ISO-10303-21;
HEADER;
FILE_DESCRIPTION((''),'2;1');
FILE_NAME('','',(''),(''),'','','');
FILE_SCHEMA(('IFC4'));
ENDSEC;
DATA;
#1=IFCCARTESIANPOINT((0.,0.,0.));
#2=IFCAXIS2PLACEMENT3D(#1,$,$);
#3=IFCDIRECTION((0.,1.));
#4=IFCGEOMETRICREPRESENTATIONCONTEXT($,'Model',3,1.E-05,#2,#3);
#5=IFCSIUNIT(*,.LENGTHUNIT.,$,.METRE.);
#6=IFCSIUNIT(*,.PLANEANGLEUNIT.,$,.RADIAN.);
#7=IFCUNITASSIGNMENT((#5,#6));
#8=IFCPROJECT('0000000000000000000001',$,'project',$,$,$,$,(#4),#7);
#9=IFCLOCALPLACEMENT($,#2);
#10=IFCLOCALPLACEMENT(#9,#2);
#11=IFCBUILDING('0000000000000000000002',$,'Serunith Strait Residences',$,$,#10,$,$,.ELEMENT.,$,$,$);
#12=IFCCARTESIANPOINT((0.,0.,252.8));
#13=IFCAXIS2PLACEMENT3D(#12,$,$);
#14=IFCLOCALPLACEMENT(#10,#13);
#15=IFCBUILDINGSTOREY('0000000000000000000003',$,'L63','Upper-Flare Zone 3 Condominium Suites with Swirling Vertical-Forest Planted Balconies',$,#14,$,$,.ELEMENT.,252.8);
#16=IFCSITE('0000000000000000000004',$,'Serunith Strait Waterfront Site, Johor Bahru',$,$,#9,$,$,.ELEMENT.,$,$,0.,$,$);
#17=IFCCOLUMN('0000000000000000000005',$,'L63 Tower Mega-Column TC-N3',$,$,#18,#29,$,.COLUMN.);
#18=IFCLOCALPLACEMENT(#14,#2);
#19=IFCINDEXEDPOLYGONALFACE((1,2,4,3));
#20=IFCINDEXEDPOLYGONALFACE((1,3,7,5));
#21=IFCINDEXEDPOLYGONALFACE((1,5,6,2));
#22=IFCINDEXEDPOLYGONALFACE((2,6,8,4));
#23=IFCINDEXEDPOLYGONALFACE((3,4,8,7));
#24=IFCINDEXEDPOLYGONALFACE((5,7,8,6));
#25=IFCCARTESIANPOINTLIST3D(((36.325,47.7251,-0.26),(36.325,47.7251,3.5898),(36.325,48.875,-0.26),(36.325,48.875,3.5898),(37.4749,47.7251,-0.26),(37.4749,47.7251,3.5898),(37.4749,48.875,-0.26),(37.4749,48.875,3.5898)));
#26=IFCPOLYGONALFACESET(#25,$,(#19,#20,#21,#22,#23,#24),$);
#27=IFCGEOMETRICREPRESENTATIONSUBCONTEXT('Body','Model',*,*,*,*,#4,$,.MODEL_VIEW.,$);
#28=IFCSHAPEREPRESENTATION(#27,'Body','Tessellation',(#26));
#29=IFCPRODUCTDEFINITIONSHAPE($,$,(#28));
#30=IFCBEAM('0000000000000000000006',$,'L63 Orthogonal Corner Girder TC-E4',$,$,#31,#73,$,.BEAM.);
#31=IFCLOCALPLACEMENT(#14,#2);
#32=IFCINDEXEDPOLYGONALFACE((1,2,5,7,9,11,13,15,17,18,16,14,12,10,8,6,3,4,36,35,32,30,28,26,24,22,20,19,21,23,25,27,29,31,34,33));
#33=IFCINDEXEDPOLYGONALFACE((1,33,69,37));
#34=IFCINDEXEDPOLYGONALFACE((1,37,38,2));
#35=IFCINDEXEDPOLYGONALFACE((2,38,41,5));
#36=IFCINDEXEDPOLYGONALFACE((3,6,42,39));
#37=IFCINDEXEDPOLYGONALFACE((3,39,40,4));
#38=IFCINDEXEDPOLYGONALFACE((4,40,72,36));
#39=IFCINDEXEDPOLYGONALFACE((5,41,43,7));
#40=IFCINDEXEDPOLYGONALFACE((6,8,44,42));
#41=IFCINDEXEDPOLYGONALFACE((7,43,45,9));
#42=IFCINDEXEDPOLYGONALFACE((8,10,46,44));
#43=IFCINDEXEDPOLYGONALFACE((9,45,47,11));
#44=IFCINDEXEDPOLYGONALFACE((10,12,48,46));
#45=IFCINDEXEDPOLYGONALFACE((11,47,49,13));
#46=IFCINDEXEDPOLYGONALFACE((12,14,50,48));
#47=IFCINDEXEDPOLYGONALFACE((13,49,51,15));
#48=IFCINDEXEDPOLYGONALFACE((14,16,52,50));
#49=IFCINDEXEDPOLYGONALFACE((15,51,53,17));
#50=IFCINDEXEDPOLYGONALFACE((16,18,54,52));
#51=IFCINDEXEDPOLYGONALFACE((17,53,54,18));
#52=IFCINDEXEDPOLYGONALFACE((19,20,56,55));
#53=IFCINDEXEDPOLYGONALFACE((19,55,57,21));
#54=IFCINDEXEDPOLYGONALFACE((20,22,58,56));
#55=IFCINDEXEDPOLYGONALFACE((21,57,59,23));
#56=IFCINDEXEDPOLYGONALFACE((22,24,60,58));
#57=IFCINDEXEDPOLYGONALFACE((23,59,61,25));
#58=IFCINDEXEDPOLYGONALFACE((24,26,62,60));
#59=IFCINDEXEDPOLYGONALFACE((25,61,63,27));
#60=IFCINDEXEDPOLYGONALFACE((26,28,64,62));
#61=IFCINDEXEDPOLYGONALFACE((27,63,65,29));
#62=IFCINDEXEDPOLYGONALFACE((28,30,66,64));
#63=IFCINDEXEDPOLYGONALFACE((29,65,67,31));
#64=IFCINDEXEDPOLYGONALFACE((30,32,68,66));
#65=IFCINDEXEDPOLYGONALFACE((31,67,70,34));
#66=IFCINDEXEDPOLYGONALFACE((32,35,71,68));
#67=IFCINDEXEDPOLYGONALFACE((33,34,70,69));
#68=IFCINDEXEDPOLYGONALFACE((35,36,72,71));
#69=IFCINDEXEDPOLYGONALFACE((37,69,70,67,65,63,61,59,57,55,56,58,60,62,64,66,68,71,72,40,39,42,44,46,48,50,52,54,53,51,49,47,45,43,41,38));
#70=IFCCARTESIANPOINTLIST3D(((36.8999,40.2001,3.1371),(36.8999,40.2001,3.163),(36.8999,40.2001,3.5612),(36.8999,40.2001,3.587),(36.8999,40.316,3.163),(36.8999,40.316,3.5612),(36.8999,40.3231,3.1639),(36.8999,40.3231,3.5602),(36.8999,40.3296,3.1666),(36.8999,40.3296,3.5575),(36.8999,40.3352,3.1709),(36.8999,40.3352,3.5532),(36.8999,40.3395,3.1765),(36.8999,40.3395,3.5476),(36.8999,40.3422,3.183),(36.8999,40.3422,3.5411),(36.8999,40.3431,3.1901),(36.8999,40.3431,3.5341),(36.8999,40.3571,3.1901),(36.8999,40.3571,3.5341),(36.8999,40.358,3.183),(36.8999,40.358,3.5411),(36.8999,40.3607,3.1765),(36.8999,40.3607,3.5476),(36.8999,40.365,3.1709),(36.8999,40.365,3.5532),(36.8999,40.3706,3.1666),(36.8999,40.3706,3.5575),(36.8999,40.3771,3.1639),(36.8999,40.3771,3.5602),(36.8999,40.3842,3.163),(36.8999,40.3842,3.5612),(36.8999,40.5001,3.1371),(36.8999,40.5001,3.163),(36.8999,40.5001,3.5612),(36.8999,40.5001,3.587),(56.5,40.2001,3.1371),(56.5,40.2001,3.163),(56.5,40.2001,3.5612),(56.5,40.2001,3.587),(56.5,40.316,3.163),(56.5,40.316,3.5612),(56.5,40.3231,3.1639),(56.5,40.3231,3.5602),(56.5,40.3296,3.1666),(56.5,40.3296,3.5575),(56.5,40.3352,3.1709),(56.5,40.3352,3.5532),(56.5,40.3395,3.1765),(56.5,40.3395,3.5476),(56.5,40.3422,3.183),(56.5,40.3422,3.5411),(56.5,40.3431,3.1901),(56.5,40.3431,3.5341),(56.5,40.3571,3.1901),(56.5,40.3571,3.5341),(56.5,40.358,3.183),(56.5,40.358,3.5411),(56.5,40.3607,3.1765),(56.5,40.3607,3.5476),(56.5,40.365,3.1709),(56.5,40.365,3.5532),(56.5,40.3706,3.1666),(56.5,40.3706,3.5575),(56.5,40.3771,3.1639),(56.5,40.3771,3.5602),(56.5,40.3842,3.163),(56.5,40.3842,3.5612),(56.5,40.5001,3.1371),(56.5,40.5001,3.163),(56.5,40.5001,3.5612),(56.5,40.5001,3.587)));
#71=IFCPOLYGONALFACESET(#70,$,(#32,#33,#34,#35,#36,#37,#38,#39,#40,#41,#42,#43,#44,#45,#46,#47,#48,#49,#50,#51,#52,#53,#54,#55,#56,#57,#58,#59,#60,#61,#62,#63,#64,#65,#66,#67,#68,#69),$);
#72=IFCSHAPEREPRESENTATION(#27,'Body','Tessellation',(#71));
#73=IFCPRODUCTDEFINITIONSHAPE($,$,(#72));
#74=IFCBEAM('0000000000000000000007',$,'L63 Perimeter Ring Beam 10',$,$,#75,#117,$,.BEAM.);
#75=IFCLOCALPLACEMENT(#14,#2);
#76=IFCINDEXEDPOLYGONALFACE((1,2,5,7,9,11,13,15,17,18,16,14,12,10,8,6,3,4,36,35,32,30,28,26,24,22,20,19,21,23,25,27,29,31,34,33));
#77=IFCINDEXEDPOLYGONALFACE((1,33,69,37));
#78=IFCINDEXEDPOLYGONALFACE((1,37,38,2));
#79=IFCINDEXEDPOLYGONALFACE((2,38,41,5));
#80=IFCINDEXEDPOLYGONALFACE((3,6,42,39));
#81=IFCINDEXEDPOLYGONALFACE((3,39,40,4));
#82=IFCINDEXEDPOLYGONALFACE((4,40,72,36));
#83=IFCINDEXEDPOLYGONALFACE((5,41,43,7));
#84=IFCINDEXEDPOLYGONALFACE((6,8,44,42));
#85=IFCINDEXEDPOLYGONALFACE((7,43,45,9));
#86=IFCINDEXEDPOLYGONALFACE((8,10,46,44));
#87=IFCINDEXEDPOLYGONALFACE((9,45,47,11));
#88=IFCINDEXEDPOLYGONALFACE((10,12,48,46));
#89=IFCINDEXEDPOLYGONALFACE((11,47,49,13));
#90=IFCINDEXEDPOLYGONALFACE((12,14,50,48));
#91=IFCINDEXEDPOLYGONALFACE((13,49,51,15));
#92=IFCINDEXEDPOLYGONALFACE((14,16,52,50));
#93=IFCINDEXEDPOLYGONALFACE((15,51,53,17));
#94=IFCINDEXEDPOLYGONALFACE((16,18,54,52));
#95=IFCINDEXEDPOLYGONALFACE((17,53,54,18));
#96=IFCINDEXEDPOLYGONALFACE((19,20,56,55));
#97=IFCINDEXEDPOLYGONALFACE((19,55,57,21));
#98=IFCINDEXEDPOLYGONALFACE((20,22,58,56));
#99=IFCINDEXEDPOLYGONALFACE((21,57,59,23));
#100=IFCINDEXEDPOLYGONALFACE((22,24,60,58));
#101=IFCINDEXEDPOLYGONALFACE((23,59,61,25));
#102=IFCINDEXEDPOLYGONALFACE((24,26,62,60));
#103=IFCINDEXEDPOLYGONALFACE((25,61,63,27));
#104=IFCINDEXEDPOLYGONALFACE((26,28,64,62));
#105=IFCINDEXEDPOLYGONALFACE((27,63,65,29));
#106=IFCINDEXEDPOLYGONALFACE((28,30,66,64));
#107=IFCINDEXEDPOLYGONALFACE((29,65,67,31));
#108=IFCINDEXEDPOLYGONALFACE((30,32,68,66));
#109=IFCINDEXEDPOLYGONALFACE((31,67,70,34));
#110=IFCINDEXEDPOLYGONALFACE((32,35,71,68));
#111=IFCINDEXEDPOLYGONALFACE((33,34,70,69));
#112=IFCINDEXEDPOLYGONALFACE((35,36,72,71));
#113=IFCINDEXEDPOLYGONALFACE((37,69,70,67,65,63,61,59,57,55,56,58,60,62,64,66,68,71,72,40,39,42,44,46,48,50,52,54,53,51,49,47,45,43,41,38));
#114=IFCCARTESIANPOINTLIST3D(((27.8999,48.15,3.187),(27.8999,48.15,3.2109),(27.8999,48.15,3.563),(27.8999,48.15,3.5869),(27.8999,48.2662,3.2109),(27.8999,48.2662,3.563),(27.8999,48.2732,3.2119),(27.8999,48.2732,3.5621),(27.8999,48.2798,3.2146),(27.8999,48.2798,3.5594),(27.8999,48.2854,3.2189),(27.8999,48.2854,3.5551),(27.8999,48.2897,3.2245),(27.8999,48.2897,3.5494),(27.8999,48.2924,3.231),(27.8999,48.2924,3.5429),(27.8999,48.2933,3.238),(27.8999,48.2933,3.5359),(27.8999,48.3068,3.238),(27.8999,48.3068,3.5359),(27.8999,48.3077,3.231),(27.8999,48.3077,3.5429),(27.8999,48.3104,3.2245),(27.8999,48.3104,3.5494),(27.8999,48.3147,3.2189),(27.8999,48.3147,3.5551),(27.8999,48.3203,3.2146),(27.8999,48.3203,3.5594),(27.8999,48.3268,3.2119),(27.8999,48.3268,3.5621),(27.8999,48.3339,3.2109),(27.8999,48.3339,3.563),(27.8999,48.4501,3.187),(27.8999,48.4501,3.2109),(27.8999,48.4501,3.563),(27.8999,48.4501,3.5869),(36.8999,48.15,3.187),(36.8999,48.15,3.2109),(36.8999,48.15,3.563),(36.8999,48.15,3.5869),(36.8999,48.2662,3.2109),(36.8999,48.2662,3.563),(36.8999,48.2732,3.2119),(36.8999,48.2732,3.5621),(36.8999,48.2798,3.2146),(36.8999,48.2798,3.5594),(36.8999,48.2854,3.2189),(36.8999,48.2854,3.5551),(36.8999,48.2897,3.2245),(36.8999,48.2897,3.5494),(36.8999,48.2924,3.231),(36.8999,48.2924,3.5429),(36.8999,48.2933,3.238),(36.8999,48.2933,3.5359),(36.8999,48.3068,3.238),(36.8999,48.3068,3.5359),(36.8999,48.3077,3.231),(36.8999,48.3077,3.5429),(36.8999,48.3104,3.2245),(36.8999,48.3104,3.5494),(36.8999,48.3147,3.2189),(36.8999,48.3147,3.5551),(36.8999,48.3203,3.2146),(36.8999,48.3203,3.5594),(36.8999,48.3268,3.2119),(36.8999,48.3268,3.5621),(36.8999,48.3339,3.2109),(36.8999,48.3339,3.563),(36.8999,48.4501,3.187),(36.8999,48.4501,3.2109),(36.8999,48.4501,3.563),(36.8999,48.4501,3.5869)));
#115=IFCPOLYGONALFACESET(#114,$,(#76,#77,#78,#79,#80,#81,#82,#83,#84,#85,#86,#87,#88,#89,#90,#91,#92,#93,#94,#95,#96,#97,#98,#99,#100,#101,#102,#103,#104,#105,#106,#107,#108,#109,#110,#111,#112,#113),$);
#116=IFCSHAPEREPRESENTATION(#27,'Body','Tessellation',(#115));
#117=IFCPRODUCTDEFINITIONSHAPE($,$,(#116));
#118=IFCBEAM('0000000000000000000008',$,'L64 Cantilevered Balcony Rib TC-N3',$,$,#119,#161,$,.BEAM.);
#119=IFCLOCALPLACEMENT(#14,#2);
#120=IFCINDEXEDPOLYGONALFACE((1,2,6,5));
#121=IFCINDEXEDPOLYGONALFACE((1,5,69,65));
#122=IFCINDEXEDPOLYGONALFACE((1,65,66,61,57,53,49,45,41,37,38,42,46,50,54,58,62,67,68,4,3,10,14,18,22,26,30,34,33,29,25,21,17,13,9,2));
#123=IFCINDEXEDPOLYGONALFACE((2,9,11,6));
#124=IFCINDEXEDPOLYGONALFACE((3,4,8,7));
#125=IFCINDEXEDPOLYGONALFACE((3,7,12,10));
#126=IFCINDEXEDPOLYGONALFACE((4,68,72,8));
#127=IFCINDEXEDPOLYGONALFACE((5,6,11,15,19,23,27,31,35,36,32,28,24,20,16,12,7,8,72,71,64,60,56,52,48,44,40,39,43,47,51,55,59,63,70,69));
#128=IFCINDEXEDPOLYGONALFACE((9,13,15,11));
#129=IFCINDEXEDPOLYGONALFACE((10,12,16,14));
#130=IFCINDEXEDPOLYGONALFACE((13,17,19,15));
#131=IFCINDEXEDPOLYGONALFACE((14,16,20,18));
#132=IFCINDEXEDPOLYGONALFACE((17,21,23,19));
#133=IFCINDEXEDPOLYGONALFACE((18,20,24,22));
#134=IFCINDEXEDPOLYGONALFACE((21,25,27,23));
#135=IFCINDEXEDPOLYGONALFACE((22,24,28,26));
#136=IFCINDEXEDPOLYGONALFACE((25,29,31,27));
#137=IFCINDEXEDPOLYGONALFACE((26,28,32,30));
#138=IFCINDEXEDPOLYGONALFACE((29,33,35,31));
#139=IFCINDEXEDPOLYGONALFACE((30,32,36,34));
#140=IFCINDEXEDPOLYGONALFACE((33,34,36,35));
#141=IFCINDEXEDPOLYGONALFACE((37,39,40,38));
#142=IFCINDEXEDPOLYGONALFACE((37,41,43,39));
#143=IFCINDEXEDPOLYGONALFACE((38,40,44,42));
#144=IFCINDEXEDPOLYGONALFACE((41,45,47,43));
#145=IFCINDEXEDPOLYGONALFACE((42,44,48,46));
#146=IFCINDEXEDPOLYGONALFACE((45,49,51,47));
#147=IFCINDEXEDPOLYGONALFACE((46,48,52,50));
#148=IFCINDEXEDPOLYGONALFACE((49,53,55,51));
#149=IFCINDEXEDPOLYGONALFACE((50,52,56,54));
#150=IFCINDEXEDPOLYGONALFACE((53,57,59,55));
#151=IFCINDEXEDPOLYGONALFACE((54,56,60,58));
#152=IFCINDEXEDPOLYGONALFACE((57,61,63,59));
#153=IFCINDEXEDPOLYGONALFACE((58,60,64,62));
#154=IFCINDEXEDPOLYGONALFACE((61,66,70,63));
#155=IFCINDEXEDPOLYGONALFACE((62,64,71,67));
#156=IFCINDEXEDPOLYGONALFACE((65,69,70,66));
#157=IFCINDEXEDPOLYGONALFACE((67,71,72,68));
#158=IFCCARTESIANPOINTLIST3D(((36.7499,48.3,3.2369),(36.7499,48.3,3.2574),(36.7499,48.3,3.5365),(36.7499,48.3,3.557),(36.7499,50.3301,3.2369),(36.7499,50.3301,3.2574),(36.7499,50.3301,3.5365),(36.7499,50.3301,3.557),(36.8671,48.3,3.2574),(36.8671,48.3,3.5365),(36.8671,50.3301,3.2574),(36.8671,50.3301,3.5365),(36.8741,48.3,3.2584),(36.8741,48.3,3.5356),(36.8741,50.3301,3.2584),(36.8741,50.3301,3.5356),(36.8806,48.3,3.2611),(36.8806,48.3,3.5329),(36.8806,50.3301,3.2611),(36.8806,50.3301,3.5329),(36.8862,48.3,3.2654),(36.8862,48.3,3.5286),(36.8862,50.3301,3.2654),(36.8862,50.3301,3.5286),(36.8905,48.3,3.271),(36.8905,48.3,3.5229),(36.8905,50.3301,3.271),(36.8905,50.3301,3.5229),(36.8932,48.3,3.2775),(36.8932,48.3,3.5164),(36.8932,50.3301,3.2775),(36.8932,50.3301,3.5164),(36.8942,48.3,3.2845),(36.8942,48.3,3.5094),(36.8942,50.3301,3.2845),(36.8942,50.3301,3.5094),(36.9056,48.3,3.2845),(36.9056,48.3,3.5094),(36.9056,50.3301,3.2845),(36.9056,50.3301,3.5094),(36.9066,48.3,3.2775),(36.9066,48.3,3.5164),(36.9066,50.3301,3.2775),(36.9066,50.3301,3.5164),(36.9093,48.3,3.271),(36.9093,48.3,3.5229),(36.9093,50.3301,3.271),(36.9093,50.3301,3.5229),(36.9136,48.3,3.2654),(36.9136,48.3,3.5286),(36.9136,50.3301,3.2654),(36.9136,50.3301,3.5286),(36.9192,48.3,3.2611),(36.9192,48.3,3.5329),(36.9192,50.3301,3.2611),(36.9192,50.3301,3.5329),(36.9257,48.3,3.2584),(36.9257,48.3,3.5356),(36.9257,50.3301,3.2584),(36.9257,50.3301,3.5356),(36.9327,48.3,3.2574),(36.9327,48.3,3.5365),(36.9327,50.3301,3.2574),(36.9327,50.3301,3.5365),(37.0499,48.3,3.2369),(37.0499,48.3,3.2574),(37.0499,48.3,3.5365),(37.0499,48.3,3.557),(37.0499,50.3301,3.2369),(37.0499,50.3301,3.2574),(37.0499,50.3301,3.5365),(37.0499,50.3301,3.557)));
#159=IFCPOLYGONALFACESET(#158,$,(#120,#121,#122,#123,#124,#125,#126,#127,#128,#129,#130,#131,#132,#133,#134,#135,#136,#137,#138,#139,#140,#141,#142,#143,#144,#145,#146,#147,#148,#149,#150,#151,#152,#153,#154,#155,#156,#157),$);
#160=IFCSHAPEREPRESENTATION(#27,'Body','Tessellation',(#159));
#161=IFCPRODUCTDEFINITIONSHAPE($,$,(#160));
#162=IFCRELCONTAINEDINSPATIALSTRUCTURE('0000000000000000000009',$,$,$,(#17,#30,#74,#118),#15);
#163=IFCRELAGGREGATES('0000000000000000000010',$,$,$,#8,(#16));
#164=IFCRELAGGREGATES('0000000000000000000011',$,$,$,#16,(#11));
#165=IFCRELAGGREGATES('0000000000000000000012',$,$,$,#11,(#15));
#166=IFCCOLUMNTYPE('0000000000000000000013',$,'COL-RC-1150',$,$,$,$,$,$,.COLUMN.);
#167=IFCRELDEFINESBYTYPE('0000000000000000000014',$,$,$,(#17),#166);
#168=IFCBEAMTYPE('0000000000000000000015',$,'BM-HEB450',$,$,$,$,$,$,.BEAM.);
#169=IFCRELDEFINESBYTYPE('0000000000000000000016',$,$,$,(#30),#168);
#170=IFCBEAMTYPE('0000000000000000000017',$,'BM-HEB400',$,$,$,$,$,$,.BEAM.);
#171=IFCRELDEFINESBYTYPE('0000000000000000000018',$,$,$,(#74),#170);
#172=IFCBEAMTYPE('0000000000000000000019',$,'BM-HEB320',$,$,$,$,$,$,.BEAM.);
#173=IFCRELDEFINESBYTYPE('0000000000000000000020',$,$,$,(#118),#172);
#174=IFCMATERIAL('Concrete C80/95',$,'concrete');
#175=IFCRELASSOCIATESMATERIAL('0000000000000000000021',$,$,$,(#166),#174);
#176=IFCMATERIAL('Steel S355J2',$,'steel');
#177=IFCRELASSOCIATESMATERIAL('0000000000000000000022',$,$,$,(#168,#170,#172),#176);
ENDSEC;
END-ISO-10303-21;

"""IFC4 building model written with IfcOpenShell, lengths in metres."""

from ifc_helpers import new_model, si_unit, direction, frame, origin, origin_2d, place, context, subcontext, project, spatial, rectangle, i_section, extrude, source, transform, mapped, material, material_profile, profile_set, type_object, element, save


model = new_model("IFC4")

# Units and contexts
model_context = context("Model", 3, precision=1e-05, world=origin(), true_north=direction((0.0, 1.0)))
body_context = subcontext(model_context, "Body", "Model", "MODEL_VIEW")
ifc_project = project(units=[si_unit("LENGTHUNIT", "METRE"), si_unit("PLANEANGLEUNIT", "RADIAN")], contexts=[model_context])

# Site, building, storey
site_placement = place(None, origin())
site = spatial("IfcSite", under=ifc_project, at=site_placement, Name="Serunith Strait Waterfront Site, Johor Bahru", CompositionType="ELEMENT", RefElevation=0.0)
building_placement = place(site_placement, origin())
building = spatial("IfcBuilding", under=site, at=building_placement, Name="Serunith Strait Residences", CompositionType="ELEMENT")
storey_placement = place(building_placement, frame((0.0, 0.0, 252.8)))
storey = spatial("IfcBuildingStorey", under=building, at=storey_placement, Name="L63", Description="Upper-Flare Zone 3 Condominium Suites with Swirling Vertical-Forest Planted Balconies", CompositionType="ELEMENT", Elevation=252.8)

# Column
ifc_material_1 = material(Name="Concrete C80/95", Category="concrete")
ifc_material_profile_1 = material_profile(ifc_material_1, rectangle(XDim=1.1499, YDim=1.1499, at=origin_2d()), Name="RC 1150x1150")
ifc_profile_set_1 = profile_set([ifc_material_profile_1], Name="Concrete C80/95")
column_type = type_object("IfcColumnType", Name="COL-RC-1150", PredefinedType="COLUMN", material=ifc_profile_set_1)
shared_shape_1 = source(origin(), body_context, "Body", "SweptSolid", [
    extrude(rectangle(XDim=1.1499, YDim=1.1499, at=origin_2d()), origin(), (0.0, 0.0, 1.0), 3.8499),
])
column_placement = place(storey_placement, frame((36.8999, 48.3, -0.26), z_axis=(0.0, 0.0, 1.0), x_axis=(1.0, 0.0, 0.0)))
element("IfcColumn", 1, at=column_placement, inside=storey, type_object=column_type, Name="L63 Tower Mega-Column TC-N3", PredefinedType="COLUMN", context=body_context, shape_type="MappedRepresentation", body=[
    mapped(shared_shape_1, transform((0.0, 0.0, 0.0), scale=1.0)),
])

# Beams
ifc_material_2 = material(Name="Steel S355J2", Category="steel")
ifc_material_profile_2 = material_profile(ifc_material_2, i_section(OverallWidth=0.3, OverallDepth=0.45, WebThickness=0.0139, FlangeThickness=0.0259, FilletRadius=0.0271, at=origin_2d()), Name="HEB 450")
ifc_profile_set_2 = profile_set([ifc_material_profile_2], Name="Steel S355J2")
beam_type_1 = type_object("IfcBeamType", Name="BM-HEB450", PredefinedType="BEAM", material=ifc_profile_set_2)
shared_shape_2 = source(origin(), body_context, "Body", "SweptSolid", [
    extrude(i_section(OverallWidth=0.3, OverallDepth=0.45, WebThickness=0.0139, FlangeThickness=0.0259, FilletRadius=0.0271, at=origin_2d()), origin(), (0.0, 0.0, 1.0), 19.6001),
])
beam_1_placement = place(storey_placement, frame((36.8999, 40.3501, 3.3621), z_axis=(1.0, 0.0, 0.0), x_axis=(0.0, 1.0, 0.0)))
element("IfcBeam", 2, at=beam_1_placement, inside=storey, type_object=beam_type_1, Name="L63 Orthogonal Corner Girder TC-E4", PredefinedType="BEAM", context=body_context, shape_type="MappedRepresentation", body=[
    mapped(shared_shape_2, transform((0.0, 0.0, 0.0), scale=1.0)),
])
ifc_material_profile_3 = material_profile(ifc_material_2, i_section(OverallWidth=0.3, OverallDepth=0.3999, WebThickness=0.0134, FlangeThickness=0.0239, FilletRadius=0.0271, at=origin_2d()), Name="HEB 400")
ifc_profile_set_3 = profile_set([ifc_material_profile_3], Name="Steel S355J2")
beam_type_2 = type_object("IfcBeamType", Name="BM-HEB400", PredefinedType="BEAM", material=ifc_profile_set_3)
shared_shape_3 = source(origin(), body_context, "Body", "SweptSolid", [
    extrude(i_section(OverallWidth=0.3, OverallDepth=0.3999, WebThickness=0.0134, FlangeThickness=0.0239, FilletRadius=0.0271, at=origin_2d()), origin(), (0.0, 0.0, 1.0), 9.0),
])
beam_2_placement = place(storey_placement, frame((36.8999, 48.3, 3.387), z_axis=(-1.0, 0.0, 0.0), x_axis=(0.0, -1.0, 0.0)))
element("IfcBeam", 3, at=beam_2_placement, inside=storey, type_object=beam_type_2, Name="L63 Perimeter Ring Beam 10", PredefinedType="BEAM", context=body_context, shape_type="MappedRepresentation", body=[
    mapped(shared_shape_3, transform((0.0, 0.0, 0.0), scale=1.0)),
])
ifc_material_profile_4 = material_profile(ifc_material_2, i_section(OverallWidth=0.3, OverallDepth=0.3201, WebThickness=0.0115, FlangeThickness=0.0205, FilletRadius=0.0271, at=origin_2d()), Name="HEB 320")
ifc_profile_set_4 = profile_set([ifc_material_profile_4], Name="Steel S355J2")
beam_type_3 = type_object("IfcBeamType", Name="BM-HEB320", PredefinedType="BEAM", material=ifc_profile_set_4)
shared_shape_4 = source(origin(), body_context, "Body", "SweptSolid", [
    extrude(i_section(OverallWidth=0.3, OverallDepth=0.3201, WebThickness=0.0115, FlangeThickness=0.0205, FilletRadius=0.0271, at=origin_2d()), origin(), (0.0, 0.0, 1.0), 2.03),
])
beam_3_placement = place(storey_placement, frame((36.8999, 48.3, 3.397), z_axis=(0.0, 1.0, 0.0), x_axis=(-1.0, 0.0, 0.0)))
element("IfcBeam", 4, at=beam_3_placement, inside=storey, type_object=beam_type_3, Name="L64 Cantilevered Balcony Rib TC-N3", PredefinedType="BEAM", context=body_context, shape_type="MappedRepresentation", body=[
    mapped(shared_shape_4, transform((0.0, 0.0, 0.0), scale=1.0)),
])

save(model, "model.ifc")
